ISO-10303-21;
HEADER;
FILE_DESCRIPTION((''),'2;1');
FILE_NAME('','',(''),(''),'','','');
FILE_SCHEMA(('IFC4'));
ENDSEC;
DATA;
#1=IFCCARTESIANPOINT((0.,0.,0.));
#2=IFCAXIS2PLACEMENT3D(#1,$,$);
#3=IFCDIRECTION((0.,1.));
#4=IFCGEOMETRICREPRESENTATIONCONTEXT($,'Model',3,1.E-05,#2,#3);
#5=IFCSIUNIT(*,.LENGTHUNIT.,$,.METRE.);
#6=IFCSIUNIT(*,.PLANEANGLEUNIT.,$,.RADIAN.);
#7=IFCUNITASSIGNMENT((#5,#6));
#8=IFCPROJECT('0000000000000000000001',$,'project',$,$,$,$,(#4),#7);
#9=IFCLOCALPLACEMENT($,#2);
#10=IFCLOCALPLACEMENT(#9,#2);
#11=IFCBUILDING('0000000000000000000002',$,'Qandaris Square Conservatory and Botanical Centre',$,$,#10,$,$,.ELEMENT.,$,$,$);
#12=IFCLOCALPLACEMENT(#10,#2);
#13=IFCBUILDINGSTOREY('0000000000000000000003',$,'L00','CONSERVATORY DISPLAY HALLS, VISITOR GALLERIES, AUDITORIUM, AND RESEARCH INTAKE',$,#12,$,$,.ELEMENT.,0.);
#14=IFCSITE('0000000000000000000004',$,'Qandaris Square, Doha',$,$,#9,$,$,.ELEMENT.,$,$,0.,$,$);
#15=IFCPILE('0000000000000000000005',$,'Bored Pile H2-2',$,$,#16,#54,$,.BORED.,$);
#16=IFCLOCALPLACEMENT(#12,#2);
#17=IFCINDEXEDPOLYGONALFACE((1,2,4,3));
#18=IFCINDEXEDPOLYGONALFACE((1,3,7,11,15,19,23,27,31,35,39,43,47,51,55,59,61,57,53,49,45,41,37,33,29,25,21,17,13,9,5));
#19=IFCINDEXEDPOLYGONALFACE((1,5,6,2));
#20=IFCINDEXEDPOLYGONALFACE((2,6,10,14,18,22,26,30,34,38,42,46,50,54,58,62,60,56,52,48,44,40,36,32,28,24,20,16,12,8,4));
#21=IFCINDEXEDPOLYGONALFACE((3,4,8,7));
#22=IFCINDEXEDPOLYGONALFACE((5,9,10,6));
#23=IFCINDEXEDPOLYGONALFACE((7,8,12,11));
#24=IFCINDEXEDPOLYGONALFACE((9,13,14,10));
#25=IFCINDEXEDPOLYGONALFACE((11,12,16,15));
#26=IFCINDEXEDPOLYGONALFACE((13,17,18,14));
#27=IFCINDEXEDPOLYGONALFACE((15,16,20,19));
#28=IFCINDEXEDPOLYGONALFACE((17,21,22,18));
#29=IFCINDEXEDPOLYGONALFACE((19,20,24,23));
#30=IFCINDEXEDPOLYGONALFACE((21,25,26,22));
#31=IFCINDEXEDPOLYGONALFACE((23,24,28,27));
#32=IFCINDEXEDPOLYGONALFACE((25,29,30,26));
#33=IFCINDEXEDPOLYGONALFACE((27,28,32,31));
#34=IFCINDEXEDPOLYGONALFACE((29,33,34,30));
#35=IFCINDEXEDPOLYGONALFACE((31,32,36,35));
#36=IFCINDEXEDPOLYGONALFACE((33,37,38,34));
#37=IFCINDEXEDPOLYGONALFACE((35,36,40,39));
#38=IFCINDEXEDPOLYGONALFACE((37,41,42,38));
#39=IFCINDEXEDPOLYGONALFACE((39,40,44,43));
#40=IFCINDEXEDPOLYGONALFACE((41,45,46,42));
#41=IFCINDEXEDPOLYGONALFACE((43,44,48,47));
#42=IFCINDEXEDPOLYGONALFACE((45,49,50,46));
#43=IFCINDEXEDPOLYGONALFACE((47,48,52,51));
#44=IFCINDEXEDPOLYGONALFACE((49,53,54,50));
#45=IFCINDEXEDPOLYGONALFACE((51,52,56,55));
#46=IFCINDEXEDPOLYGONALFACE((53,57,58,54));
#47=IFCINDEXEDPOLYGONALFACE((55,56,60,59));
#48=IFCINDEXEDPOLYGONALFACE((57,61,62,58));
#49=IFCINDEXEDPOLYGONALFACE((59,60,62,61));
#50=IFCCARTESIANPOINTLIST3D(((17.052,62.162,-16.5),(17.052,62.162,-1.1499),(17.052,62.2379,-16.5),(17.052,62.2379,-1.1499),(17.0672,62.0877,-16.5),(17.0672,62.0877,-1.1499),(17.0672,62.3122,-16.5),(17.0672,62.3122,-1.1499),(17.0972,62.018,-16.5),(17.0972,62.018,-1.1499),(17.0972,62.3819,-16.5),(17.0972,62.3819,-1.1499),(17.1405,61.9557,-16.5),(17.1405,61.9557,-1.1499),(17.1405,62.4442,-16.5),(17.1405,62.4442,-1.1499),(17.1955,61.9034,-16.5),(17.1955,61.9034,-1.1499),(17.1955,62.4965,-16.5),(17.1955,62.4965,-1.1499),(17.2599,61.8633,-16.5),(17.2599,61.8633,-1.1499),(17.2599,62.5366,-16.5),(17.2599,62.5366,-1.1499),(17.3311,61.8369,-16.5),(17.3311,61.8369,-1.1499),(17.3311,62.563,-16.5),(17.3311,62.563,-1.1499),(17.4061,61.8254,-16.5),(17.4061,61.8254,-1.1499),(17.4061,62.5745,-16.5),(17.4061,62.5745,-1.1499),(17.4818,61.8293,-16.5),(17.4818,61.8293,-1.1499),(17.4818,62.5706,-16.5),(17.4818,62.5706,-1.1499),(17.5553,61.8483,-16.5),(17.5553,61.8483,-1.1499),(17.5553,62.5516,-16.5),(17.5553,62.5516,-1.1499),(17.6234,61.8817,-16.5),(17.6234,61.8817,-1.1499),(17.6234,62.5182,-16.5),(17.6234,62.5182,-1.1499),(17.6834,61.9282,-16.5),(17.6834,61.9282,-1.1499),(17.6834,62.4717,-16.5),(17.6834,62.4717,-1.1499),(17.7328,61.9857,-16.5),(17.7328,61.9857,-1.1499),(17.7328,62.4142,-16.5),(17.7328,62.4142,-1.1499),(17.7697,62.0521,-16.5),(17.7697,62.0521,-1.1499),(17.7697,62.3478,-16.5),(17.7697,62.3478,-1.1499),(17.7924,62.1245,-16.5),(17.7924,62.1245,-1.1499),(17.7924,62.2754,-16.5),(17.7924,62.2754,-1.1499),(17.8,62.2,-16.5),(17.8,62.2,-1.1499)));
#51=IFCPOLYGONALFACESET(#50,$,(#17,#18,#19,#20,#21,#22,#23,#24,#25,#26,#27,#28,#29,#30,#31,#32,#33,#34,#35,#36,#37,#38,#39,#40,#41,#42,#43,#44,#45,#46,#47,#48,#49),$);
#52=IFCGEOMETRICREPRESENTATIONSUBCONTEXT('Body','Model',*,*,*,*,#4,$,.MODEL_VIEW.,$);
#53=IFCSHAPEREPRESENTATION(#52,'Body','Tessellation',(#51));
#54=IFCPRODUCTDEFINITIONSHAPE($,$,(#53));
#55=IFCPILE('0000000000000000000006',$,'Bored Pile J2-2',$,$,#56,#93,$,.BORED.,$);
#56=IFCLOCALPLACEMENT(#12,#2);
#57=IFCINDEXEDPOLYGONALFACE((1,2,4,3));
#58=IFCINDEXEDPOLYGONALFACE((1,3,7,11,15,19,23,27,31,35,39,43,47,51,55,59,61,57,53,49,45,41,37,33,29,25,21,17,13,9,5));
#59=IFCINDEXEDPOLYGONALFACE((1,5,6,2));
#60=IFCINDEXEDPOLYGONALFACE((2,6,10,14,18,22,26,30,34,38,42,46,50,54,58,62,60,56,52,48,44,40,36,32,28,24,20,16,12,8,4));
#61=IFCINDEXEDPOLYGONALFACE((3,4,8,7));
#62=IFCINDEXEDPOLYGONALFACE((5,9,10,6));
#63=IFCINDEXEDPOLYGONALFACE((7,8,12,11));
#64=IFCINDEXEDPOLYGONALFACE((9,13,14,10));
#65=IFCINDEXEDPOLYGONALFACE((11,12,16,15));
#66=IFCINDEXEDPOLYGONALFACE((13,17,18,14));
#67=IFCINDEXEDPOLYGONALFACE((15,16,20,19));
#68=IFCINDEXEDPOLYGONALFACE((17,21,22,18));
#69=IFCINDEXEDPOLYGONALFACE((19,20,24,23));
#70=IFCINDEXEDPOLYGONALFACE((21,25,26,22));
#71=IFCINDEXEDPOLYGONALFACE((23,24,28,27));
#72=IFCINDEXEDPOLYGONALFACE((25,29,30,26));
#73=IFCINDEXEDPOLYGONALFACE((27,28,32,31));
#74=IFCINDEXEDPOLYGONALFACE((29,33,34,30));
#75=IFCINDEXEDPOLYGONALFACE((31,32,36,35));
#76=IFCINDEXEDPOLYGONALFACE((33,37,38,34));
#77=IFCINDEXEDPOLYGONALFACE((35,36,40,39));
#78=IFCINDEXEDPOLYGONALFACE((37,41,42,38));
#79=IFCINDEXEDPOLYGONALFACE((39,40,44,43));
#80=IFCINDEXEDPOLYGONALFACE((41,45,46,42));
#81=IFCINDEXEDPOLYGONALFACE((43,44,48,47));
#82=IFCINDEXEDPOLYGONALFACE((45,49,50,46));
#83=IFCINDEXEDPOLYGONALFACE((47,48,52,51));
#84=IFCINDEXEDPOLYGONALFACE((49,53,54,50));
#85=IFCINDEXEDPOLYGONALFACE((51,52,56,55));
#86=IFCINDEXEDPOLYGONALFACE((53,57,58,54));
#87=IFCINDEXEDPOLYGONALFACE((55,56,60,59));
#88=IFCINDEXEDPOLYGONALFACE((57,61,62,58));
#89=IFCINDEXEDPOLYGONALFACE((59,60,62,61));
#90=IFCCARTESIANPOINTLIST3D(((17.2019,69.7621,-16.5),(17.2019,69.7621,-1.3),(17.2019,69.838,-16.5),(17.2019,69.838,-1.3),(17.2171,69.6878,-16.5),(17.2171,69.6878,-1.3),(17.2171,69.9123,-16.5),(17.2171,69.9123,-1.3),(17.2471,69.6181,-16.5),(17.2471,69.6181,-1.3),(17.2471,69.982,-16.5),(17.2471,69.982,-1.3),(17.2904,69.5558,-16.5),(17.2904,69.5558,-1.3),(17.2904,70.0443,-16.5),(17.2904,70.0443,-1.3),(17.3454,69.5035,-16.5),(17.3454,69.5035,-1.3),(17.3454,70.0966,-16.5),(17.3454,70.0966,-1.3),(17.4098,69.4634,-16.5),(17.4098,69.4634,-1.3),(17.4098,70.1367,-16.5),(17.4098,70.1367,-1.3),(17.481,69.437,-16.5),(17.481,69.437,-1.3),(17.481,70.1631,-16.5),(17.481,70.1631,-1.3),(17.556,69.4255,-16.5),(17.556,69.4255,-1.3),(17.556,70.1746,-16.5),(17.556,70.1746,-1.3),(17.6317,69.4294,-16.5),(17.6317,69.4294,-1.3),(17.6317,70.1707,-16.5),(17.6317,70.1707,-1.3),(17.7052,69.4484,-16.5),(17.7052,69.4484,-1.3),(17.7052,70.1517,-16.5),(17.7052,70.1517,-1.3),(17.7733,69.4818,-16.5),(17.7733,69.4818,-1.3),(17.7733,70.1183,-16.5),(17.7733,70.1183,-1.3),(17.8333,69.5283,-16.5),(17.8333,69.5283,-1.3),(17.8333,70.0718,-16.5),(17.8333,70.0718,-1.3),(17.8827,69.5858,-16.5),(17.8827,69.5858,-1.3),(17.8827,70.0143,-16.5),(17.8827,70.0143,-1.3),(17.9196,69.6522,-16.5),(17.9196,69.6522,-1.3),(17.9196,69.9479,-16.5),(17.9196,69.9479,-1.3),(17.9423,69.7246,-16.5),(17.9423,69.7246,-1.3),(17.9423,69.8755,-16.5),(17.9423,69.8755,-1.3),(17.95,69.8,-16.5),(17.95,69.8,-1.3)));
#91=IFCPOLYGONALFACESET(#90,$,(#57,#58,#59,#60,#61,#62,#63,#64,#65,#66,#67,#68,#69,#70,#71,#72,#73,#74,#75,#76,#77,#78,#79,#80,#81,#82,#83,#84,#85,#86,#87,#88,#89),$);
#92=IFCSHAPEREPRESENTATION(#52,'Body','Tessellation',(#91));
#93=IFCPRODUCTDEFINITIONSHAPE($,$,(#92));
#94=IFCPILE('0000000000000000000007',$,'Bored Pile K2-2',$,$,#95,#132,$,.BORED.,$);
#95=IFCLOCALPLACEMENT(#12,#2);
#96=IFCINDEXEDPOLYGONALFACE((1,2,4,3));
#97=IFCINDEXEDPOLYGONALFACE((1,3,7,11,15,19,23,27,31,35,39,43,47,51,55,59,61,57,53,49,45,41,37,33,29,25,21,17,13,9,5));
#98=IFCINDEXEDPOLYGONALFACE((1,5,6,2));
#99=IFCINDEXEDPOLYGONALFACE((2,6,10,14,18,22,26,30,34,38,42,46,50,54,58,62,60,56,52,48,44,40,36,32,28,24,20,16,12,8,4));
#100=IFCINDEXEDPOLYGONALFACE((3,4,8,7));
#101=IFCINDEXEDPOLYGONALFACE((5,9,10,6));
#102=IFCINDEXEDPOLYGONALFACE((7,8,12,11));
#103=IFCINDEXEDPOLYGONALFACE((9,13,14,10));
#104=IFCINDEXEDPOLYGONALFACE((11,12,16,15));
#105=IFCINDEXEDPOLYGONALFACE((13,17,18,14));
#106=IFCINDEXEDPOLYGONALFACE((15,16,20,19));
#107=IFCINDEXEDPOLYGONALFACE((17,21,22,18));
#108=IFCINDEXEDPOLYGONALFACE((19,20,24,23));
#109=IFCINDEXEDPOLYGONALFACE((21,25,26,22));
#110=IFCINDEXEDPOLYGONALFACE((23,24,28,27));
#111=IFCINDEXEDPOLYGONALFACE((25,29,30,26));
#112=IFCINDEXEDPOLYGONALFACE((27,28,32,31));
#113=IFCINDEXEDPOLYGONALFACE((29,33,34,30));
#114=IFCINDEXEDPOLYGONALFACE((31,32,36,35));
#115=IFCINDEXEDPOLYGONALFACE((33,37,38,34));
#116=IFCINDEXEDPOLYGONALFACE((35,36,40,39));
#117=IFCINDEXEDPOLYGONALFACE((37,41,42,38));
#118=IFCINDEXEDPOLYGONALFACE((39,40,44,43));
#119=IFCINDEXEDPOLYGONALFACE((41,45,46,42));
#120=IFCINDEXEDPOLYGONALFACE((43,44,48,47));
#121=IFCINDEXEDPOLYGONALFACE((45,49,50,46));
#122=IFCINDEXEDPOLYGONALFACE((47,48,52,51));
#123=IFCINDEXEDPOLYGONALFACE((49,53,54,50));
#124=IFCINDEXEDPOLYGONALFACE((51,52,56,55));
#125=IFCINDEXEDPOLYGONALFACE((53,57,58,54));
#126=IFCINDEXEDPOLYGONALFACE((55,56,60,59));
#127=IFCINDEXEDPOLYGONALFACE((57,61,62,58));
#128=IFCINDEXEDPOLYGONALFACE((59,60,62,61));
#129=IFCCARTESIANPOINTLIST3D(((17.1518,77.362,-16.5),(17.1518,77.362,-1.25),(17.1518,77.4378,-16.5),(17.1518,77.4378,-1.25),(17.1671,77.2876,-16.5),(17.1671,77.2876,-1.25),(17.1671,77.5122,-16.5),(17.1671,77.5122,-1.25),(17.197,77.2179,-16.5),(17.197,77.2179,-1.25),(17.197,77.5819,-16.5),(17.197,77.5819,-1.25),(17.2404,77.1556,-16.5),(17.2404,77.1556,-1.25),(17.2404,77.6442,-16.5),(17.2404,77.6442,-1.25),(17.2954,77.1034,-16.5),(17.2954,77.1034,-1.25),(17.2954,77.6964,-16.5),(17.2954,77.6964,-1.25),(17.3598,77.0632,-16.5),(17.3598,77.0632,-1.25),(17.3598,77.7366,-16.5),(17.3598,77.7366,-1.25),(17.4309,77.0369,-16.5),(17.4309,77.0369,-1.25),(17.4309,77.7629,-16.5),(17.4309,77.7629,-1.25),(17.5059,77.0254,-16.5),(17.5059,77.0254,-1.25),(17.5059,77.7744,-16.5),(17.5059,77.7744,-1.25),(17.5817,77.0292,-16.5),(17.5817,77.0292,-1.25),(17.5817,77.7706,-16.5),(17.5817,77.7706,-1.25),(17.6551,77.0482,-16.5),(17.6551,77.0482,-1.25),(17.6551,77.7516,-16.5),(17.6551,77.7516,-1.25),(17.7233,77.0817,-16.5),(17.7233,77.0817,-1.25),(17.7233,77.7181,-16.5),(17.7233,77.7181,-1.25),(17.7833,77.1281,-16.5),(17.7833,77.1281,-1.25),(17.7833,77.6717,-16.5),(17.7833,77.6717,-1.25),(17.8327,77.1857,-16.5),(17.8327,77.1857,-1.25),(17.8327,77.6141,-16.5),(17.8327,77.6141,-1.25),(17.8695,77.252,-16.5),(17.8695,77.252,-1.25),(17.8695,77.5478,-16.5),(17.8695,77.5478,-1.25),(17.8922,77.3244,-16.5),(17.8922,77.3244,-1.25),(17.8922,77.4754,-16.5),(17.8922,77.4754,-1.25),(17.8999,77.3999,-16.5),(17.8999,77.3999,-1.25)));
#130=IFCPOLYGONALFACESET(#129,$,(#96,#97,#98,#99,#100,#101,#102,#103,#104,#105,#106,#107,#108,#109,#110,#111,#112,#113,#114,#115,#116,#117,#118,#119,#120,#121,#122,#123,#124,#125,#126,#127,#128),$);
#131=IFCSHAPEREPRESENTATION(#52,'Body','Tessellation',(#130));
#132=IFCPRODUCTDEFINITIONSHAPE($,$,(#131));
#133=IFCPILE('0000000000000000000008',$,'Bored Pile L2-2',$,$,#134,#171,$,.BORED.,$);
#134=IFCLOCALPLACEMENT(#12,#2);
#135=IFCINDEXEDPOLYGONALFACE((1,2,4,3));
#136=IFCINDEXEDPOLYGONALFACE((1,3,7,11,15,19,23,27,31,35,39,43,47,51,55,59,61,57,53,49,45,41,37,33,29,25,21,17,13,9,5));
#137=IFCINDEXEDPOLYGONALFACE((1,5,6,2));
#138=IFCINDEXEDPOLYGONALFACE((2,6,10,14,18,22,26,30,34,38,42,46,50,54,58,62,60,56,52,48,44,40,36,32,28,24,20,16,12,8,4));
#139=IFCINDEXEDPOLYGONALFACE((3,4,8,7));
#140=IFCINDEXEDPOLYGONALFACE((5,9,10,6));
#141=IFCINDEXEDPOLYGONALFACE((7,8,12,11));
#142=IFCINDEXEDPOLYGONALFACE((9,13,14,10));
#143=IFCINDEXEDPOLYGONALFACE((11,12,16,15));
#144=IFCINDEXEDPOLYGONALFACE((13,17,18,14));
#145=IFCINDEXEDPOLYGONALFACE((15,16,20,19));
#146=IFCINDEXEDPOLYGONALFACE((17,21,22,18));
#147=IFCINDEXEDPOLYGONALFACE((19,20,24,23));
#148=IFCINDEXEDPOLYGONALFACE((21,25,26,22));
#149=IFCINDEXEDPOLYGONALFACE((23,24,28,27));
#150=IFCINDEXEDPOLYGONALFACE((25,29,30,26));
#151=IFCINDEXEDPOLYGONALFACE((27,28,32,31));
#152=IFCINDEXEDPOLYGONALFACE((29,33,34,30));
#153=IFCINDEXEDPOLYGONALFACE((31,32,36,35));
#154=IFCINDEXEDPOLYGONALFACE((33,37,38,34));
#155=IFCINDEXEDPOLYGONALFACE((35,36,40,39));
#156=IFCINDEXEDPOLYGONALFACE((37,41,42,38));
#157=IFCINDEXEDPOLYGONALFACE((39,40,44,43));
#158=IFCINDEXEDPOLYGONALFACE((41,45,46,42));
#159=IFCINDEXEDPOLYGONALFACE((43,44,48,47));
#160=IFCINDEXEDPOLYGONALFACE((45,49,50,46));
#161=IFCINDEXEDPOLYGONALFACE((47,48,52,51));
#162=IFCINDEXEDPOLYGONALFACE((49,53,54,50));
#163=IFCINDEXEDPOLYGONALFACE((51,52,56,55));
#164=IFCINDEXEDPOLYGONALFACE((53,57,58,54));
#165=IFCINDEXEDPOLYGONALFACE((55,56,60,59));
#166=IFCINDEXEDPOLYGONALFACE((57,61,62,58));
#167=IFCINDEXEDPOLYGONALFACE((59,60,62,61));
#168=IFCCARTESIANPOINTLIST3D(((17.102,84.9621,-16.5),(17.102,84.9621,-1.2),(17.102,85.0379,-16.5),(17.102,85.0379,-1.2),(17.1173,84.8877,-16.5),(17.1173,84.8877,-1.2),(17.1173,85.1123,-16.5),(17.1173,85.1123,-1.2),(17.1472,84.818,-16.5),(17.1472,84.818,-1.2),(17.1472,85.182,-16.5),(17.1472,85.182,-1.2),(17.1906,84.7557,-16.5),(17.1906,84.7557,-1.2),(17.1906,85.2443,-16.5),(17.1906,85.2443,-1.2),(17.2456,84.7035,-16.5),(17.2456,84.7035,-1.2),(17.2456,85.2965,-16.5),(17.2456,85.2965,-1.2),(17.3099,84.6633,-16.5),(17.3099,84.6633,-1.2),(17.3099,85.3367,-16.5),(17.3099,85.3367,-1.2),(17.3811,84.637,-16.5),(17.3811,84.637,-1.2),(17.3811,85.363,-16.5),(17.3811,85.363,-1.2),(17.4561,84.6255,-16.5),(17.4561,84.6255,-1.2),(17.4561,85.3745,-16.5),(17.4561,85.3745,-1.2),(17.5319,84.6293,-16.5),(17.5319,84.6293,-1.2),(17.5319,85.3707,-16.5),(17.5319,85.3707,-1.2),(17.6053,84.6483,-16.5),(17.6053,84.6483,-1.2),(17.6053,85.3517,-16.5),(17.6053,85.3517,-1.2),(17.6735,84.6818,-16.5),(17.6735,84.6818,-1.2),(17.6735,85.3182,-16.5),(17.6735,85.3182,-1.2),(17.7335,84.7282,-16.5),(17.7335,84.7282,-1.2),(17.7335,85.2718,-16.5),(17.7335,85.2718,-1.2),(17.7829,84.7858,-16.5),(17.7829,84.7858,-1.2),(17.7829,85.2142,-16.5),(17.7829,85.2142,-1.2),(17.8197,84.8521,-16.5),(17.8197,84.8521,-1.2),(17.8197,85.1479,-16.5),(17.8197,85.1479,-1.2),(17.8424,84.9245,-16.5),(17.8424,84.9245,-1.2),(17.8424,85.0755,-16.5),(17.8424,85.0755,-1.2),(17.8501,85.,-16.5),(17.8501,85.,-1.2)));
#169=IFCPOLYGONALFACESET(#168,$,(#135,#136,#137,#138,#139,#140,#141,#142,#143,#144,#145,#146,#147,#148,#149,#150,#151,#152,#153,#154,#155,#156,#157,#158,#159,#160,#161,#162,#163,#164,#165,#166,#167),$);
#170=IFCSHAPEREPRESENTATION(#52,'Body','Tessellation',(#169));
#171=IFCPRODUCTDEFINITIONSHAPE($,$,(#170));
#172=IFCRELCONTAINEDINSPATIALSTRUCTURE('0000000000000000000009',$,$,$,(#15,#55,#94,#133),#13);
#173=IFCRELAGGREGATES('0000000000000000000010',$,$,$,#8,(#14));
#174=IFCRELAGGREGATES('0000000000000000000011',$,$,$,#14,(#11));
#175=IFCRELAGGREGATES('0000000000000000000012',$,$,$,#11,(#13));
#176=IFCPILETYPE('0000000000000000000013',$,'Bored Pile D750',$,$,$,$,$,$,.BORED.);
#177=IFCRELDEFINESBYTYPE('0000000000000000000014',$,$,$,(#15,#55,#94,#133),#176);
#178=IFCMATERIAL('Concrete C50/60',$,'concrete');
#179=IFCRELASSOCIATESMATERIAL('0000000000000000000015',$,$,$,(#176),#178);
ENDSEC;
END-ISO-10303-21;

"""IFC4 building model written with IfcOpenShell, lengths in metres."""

from ifc_helpers import new_model, si_unit, direction, frame, origin, origin_2d, place, context, subcontext, project, spatial, circle, extrude, material, material_profile, profile_set, type_object, element, save


model = new_model("IFC4")

# Units and contexts
model_context = context("Model", 3, precision=1e-05, world=origin(), true_north=direction((0.0, 1.0)))
body_context = subcontext(model_context, "Body", "Model", "MODEL_VIEW")
ifc_project = project(units=[si_unit("LENGTHUNIT", "METRE"), si_unit("PLANEANGLEUNIT", "RADIAN")], contexts=[model_context])

# Site, building, storey
site_placement = place(None, origin())
site = spatial("IfcSite", under=ifc_project, at=site_placement, Name="Qandaris Square, Doha", CompositionType="ELEMENT", RefElevation=0.0)
building_placement = place(site_placement, origin())
building = spatial("IfcBuilding", under=site, at=building_placement, Name="Qandaris Square Conservatory and Botanical Centre", CompositionType="ELEMENT")
storey_placement = place(building_placement, origin())
storey = spatial("IfcBuildingStorey", under=building, at=storey_placement, Name="L00", Description="CONSERVATORY DISPLAY HALLS, VISITOR GALLERIES, AUDITORIUM, AND RESEARCH INTAKE", CompositionType="ELEMENT", Elevation=0.0)

# Piles
ifc_material_1 = material(Name="Concrete C50/60", Category="concrete")
ifc_material_profile_1 = material_profile(ifc_material_1, circle(Radius=0.375, at=origin_2d()), Name="PILE D750")
ifc_profile_set_1 = profile_set([ifc_material_profile_1], Name="Concrete C50/60")
pile_type = type_object("IfcPileType", Name="Bored Pile D750", PredefinedType="BORED", material=ifc_profile_set_1)
pile_1_placement = place(storey_placement, frame((17.425, 62.2, -1.1499), z_axis=(0.0, 0.0, -1.0), x_axis=(1.0, 0.0, 0.0)))
element("IfcPile", 1, at=pile_1_placement, inside=storey, type_object=pile_type, Name="Bored Pile H2-2", PredefinedType="BORED", context=body_context, shape_type="SweptSolid", body=[
    extrude(circle(Radius=0.375, at=origin_2d()), origin(), (0.0, 0.0, 1.0), 15.3501),
])
pile_2_placement = place(storey_placement, frame((17.575, 69.8, -1.3), z_axis=(0.0, 0.0, -1.0), x_axis=(1.0, 0.0, 0.0)))
element("IfcPile", 2, at=pile_2_placement, inside=storey, type_object=pile_type, Name="Bored Pile J2-2", PredefinedType="BORED", context=body_context, shape_type="SweptSolid", body=[
    extrude(circle(Radius=0.375, at=origin_2d()), origin(), (0.0, 0.0, 1.0), 15.2),
])
pile_3_placement = place(storey_placement, frame((17.5249, 77.3999, -1.25), z_axis=(0.0, 0.0, -1.0), x_axis=(1.0, 0.0, 0.0)))
element("IfcPile", 3, at=pile_3_placement, inside=storey, type_object=pile_type, Name="Bored Pile K2-2", PredefinedType="BORED", context=body_context, shape_type="SweptSolid", body=[
    extrude(circle(Radius=0.375, at=origin_2d()), origin(), (0.0, 0.0, 1.0), 15.25),
])
pile_4_placement = place(storey_placement, frame((17.4751, 85.0, -1.2), z_axis=(0.0, 0.0, -1.0), x_axis=(1.0, 0.0, 0.0)))
element("IfcPile", 4, at=pile_4_placement, inside=storey, type_object=pile_type, Name="Bored Pile L2-2", PredefinedType="BORED", context=body_context, shape_type="SweptSolid", body=[
    extrude(circle(Radius=0.375, at=origin_2d()), origin(), (0.0, 0.0, 1.0), 15.3),
])

save(model, "model.ifc")
